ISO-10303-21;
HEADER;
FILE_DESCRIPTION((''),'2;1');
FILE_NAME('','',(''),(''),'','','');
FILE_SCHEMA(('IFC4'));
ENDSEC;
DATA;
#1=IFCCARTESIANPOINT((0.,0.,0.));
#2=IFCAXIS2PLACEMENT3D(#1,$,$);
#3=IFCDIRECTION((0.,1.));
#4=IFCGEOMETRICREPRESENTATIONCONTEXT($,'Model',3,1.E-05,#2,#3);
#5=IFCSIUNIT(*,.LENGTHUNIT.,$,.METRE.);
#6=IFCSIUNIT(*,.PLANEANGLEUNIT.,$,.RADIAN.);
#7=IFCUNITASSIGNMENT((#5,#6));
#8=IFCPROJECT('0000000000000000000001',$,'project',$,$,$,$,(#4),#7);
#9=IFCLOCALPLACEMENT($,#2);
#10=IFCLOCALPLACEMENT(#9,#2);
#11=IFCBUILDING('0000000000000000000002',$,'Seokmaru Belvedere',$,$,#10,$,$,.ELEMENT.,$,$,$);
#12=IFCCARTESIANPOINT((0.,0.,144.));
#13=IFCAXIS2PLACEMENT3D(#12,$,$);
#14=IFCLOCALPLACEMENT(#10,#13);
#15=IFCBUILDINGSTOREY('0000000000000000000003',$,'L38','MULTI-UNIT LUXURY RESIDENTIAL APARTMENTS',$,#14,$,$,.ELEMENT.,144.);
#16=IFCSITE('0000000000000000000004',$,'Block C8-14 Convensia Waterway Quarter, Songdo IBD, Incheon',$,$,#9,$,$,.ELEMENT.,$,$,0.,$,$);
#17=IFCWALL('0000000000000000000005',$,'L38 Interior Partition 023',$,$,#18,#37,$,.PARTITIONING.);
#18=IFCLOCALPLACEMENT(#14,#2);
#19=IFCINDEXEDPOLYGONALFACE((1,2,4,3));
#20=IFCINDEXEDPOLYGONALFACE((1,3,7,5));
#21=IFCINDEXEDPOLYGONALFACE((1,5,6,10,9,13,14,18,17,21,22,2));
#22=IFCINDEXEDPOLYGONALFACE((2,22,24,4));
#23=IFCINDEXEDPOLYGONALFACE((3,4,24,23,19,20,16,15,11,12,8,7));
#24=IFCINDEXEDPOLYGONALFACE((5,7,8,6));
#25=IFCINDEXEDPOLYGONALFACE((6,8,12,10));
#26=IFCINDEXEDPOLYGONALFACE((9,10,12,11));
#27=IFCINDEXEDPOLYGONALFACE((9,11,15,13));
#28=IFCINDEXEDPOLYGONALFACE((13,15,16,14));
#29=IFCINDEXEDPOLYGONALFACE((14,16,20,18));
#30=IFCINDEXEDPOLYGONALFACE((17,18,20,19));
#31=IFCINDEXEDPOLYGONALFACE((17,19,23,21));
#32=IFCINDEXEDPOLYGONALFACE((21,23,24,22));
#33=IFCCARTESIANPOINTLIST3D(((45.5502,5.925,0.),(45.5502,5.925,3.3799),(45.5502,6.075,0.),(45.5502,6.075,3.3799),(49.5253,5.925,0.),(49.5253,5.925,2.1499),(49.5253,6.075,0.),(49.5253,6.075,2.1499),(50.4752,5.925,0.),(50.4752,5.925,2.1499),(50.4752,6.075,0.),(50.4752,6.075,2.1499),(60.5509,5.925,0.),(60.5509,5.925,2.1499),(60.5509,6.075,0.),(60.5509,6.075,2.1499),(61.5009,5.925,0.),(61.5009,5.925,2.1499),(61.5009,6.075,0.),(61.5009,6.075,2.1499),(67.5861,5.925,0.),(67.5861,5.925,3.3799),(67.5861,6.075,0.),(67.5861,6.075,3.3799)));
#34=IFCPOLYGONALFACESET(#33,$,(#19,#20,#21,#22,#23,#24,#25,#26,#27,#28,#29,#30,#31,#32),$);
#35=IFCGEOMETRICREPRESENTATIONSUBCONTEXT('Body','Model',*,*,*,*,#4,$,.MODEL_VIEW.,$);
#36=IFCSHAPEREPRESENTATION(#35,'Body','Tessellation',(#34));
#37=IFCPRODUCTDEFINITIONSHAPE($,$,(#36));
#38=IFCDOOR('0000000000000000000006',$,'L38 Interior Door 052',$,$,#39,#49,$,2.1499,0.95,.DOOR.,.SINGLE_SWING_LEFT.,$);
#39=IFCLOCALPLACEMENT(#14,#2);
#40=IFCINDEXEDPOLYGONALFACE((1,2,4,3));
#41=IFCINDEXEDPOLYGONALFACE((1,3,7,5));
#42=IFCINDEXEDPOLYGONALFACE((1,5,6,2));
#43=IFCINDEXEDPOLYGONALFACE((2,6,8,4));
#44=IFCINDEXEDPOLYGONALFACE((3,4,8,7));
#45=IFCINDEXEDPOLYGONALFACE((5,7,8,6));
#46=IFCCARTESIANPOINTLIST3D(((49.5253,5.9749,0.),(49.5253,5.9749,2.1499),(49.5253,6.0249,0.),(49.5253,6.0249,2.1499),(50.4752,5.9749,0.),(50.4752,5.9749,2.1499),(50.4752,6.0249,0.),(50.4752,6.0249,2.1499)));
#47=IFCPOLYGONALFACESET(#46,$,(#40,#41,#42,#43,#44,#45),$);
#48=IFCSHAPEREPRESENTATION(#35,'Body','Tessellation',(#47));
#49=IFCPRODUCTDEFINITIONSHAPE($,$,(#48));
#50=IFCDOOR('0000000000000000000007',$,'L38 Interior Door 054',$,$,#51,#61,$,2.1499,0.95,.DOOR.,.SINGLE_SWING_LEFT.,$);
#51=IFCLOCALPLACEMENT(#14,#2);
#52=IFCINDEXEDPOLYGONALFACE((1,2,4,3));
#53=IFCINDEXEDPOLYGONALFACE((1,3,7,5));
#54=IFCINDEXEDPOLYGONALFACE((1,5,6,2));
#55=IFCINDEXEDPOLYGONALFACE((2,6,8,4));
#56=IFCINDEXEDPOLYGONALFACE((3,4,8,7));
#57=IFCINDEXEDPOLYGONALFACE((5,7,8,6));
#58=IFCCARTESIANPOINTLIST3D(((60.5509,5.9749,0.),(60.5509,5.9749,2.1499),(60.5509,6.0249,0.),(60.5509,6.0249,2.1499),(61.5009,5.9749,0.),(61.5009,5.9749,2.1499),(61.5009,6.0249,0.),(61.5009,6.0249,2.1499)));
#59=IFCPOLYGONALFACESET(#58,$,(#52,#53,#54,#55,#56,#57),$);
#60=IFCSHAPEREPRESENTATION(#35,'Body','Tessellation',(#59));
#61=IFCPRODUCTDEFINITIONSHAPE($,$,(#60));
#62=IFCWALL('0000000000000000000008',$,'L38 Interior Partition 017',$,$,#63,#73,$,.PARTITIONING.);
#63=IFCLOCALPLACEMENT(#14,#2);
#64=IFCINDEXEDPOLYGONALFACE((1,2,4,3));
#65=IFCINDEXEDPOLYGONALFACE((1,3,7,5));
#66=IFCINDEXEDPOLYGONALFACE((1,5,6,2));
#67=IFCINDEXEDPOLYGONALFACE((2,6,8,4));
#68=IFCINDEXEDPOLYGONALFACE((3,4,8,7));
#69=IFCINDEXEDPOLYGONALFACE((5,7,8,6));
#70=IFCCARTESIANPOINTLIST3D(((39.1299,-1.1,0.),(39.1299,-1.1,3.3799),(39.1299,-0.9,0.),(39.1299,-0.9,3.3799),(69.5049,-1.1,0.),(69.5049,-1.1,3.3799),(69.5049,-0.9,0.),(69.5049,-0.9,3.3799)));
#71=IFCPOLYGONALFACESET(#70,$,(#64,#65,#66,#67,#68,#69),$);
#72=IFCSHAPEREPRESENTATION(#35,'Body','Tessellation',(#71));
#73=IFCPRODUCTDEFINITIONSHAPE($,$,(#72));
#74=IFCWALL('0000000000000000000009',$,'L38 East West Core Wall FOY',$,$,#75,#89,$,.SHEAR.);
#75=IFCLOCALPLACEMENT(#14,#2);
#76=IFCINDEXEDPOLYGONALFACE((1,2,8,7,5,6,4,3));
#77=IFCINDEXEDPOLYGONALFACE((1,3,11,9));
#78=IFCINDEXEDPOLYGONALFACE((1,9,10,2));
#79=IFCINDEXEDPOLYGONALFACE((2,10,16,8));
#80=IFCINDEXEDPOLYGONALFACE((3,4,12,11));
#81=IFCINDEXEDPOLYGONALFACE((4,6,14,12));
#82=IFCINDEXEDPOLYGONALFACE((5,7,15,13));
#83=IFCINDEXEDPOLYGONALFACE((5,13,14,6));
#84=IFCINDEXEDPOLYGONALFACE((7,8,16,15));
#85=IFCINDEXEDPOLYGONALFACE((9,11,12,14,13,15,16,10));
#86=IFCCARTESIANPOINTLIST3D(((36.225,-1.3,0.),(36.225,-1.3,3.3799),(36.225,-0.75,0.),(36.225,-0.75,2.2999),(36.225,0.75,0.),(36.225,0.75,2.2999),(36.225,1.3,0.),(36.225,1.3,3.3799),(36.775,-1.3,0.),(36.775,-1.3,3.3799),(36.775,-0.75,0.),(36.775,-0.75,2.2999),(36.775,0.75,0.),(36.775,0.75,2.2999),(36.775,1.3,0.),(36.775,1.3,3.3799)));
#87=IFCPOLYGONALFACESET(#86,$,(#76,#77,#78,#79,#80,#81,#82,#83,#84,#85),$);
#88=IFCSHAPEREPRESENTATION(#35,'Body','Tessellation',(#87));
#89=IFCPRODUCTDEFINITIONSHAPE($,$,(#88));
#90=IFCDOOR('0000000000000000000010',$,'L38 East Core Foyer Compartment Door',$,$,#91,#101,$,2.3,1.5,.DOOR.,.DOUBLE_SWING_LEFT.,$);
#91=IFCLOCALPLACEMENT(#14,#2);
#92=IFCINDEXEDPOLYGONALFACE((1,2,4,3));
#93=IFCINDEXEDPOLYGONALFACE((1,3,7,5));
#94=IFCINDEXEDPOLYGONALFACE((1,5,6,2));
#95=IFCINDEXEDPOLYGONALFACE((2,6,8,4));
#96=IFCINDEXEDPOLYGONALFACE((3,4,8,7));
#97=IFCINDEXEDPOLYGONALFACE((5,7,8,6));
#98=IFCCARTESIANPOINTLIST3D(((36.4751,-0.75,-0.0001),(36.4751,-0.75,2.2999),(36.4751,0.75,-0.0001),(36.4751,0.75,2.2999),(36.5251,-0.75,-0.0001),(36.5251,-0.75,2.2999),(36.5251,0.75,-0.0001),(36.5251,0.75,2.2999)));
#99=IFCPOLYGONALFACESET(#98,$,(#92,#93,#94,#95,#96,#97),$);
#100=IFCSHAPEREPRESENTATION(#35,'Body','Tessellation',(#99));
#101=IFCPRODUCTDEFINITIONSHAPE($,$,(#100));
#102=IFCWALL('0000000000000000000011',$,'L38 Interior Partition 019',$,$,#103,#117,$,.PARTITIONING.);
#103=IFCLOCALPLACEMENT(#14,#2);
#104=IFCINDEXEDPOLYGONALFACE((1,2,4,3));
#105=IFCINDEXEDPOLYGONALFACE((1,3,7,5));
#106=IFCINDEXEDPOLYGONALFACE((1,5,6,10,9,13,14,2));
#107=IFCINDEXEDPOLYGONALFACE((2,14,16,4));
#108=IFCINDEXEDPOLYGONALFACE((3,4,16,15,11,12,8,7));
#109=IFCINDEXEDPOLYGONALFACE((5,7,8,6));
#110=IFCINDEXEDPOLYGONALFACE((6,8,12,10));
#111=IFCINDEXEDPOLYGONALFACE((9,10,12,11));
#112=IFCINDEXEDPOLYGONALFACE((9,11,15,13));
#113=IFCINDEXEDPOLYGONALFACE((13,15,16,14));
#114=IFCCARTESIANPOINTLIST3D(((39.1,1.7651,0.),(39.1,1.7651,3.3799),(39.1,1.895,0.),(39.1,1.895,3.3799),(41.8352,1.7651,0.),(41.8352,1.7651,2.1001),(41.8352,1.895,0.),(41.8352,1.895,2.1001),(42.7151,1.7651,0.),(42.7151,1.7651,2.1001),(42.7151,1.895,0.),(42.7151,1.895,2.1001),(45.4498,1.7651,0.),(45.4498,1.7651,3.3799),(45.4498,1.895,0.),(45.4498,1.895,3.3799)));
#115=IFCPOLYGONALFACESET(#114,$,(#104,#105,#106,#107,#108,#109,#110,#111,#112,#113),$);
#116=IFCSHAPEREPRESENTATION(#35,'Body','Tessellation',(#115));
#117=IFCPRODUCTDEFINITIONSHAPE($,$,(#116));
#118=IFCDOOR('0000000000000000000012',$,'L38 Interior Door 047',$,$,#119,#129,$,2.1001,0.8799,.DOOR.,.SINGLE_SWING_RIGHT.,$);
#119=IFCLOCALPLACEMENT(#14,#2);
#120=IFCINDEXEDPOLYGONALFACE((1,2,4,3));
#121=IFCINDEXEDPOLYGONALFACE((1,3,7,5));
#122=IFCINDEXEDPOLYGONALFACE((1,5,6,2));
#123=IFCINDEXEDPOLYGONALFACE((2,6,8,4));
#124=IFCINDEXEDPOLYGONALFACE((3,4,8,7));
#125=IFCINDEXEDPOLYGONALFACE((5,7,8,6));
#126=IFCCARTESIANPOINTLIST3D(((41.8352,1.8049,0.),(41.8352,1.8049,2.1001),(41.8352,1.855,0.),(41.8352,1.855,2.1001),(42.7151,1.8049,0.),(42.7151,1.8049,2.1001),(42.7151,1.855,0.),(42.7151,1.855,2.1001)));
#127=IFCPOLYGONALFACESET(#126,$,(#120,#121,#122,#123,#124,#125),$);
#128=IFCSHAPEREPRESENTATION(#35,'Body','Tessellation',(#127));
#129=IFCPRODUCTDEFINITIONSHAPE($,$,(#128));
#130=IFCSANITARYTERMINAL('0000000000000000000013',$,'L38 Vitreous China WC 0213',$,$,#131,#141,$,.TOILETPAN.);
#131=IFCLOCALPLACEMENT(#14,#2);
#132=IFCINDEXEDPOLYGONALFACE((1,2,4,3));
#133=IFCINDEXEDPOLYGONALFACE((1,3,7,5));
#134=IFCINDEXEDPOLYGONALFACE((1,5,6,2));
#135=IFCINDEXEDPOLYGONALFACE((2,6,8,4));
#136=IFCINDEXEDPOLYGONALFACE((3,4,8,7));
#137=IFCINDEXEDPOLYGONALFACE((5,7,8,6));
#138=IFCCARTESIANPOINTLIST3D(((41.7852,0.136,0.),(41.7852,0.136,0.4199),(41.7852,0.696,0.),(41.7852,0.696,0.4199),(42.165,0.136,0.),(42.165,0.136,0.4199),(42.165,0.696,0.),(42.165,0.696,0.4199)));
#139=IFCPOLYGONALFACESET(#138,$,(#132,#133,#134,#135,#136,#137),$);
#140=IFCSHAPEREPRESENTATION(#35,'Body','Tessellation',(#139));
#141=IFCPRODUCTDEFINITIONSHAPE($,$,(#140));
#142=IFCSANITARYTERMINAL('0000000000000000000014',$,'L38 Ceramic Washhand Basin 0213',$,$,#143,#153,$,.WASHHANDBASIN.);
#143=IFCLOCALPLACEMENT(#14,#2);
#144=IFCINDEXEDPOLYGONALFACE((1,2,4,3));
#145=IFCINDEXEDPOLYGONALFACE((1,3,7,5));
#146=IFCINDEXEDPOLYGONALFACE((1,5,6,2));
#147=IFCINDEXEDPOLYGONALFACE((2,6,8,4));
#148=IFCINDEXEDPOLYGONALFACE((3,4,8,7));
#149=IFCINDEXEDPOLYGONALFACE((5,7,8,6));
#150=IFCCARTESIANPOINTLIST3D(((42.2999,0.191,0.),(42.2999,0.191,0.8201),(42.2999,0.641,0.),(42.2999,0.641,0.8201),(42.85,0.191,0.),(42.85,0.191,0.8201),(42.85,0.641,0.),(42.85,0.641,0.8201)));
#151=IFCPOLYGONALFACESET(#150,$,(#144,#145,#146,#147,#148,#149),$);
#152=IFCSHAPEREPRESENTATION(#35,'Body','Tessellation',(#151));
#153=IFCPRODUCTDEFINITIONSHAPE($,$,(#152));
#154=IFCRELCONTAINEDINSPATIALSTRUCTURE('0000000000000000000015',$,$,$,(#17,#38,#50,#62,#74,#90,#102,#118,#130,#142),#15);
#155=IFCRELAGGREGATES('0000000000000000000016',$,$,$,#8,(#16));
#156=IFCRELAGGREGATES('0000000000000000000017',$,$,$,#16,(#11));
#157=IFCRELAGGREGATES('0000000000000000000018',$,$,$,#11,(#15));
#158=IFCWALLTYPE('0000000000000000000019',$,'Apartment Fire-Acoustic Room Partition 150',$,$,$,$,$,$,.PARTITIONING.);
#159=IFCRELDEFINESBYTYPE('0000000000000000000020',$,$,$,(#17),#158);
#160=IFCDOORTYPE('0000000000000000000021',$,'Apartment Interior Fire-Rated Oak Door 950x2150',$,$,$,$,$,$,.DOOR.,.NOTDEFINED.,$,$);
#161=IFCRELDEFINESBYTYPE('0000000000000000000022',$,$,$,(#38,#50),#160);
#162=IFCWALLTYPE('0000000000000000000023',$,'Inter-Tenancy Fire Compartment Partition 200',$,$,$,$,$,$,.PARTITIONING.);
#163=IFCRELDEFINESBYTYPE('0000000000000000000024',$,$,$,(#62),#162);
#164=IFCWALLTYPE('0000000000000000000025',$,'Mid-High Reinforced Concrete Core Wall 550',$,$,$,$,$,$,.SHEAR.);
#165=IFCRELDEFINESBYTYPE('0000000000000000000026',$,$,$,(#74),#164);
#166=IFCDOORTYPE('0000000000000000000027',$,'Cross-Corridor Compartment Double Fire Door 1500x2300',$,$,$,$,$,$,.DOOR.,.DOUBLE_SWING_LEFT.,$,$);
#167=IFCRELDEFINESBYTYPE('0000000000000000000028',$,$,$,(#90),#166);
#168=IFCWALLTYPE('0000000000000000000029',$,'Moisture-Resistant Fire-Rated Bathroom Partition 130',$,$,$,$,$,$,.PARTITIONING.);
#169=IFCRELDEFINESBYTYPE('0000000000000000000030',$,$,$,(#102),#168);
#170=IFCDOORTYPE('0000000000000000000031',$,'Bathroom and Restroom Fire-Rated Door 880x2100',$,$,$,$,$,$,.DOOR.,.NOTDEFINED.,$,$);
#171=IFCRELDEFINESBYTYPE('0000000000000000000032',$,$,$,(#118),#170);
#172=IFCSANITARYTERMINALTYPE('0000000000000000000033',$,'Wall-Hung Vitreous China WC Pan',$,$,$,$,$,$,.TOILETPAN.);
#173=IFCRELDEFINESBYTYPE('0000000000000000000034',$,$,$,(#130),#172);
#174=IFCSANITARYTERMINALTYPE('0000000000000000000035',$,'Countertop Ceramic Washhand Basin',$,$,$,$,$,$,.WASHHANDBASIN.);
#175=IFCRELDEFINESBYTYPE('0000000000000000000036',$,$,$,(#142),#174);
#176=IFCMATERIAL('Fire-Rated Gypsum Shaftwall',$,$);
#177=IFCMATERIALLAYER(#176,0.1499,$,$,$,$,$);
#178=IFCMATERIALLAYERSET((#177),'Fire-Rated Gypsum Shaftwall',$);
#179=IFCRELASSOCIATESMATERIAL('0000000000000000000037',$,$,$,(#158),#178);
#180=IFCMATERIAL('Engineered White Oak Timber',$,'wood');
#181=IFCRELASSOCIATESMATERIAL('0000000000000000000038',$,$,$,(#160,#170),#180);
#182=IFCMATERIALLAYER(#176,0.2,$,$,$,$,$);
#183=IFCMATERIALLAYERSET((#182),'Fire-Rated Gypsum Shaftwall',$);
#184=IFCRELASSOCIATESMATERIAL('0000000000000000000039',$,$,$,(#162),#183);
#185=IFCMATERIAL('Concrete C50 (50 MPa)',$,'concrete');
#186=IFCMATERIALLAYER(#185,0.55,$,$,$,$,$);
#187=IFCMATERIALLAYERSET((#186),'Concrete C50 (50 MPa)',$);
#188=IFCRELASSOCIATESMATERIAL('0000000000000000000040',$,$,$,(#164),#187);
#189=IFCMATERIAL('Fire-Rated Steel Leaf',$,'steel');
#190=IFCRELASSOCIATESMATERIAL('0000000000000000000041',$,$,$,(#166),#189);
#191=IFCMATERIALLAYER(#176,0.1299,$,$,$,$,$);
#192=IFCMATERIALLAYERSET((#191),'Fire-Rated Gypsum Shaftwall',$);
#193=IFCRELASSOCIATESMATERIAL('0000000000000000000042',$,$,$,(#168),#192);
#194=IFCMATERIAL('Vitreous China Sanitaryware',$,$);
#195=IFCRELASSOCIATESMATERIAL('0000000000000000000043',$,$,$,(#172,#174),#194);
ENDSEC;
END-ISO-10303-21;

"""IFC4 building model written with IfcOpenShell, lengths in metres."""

from ifc_helpers import new_model, si_unit, direction, frame, frame_2d, origin, origin_2d, place, context, subcontext, project, spatial, rectangle, extrude, source, transform, mapped, material, layer, layer_set, type_object, type_shapes, element, fill, save


model = new_model("IFC4")

# Units and contexts
model_context = context("Model", 3, precision=1e-05, world=origin(), true_north=direction((0.0, 1.0)))
body_context = subcontext(model_context, "Body", "Model", "MODEL_VIEW")
ifc_project = project(units=[si_unit("LENGTHUNIT", "METRE"), si_unit("PLANEANGLEUNIT", "RADIAN")], contexts=[model_context])

# Site, building, storey
site_placement = place(None, origin())
site = spatial("IfcSite", under=ifc_project, at=site_placement, Name="Block C8-14 Convensia Waterway Quarter, Songdo IBD, Incheon", CompositionType="ELEMENT", RefElevation=0.0)
building_placement = place(site_placement, origin())
building = spatial("IfcBuilding", under=site, at=building_placement, Name="Seokmaru Belvedere", CompositionType="ELEMENT")
storey_placement = place(building_placement, frame((0.0, 0.0, 144.0)))
storey = spatial("IfcBuildingStorey", under=building, at=storey_placement, Name="L38", Description="MULTI-UNIT LUXURY RESIDENTIAL APARTMENTS", CompositionType="ELEMENT", Elevation=144.0)

# Wall, openings, doors
ifc_material_1 = material(Name="Fire-Rated Gypsum Shaftwall")
ifc_layer_1 = layer(ifc_material_1, 0.1499)
ifc_layer_set_1 = layer_set([ifc_layer_1], Name="Fire-Rated Gypsum Shaftwall")
wall_type_1 = type_object("IfcWallType", Name="Apartment Fire-Acoustic Room Partition 150", PredefinedType="PARTITIONING", material=ifc_layer_set_1)
ifc_material_2 = material(Name="Engineered White Oak Timber", Category="wood")
door_type_1 = type_object("IfcDoorType", Name="Apartment Interior Fire-Rated Oak Door 950x2150", OperationType="NOTDEFINED", PredefinedType="DOOR", material=ifc_material_2)
shared_shape_1 = source(origin(), body_context, "Body", "SweptSolid", [
    extrude(rectangle(XDim=0.95, YDim=2.1499, at=frame_2d((0.4751, 1.075))), frame((0.0, 0.0249, 0.0), z_axis=(0.0, -1.0, 0.0), x_axis=(1.0, 0.0, 0.0)), (0.0, 0.0, 1.0), 0.05),
])
type_shapes(door_type_1, [shared_shape_1])
wall_1_placement = place(storey_placement, frame((45.55, 6.0, 0.0), z_axis=(0.0, 0.0, 1.0), x_axis=(1.0, 0.0, 0.0)))
wall_1 = element("IfcWall", 1, at=wall_1_placement, inside=storey, type_object=wall_type_1, Name="L38 Interior Partition 023", PredefinedType="PARTITIONING", context=body_context, shape_type="SweptSolid", body=[
    extrude(rectangle(XDim=22.0359, YDim=0.1499, at=frame_2d((11.0181, 0.0))), origin(), (0.0, 0.0, 1.0), 3.3799),
])
opening_1_placement = place(wall_1_placement, frame((3.9751, 0.0, 0.0)))
opening_1 = element("IfcOpeningElement", 2, at=opening_1_placement, cuts=wall_1, PredefinedType="OPENING", context=body_context, shape_type="SweptSolid", body=[
    extrude(rectangle(XDim=0.95, YDim=2.1499, at=frame_2d((0.4751, 1.075))), frame((0.0, 0.085, 0.0), z_axis=(0.0, -1.0, 0.0), x_axis=(1.0, 0.0, 0.0)), (0.0, 0.0, 1.0), 0.1699),
])
opening_2_placement = place(wall_1_placement, frame((15.0007, 0.0, 0.0)))
opening_2 = element("IfcOpeningElement", 3, at=opening_2_placement, cuts=wall_1, PredefinedType="OPENING", context=body_context, shape_type="SweptSolid", body=[
    extrude(rectangle(XDim=0.95, YDim=2.1499, at=frame_2d((0.4751, 1.075))), frame((0.0, 0.085, 0.0), z_axis=(0.0, -1.0, 0.0), x_axis=(1.0, 0.0, 0.0)), (0.0, 0.0, 1.0), 0.1699),
])
door_1_placement = place(opening_1_placement, origin())
door_1 = element("IfcDoor", 4, at=door_1_placement, inside=storey, type_object=door_type_1, Name="L38 Interior Door 052", OperationType="SINGLE_SWING_LEFT", OverallHeight=2.1499, OverallWidth=0.95, PredefinedType="DOOR", context=body_context, shape_type="MappedRepresentation", body=[
    mapped(shared_shape_1, transform((0.0, 0.0, 0.0), scale=1.0)),
])
fill(opening_1, door_1)
door_2_placement = place(opening_2_placement, origin())
door_2 = element("IfcDoor", 5, at=door_2_placement, inside=storey, type_object=door_type_1, Name="L38 Interior Door 054", OperationType="SINGLE_SWING_LEFT", OverallHeight=2.1499, OverallWidth=0.95, PredefinedType="DOOR", context=body_context, shape_type="MappedRepresentation", body=[
    mapped(shared_shape_1, transform((0.0, 0.0, 0.0), scale=1.0)),
])
fill(opening_2, door_2)

# Wall
ifc_layer_2 = layer(ifc_material_1, 0.2)
ifc_layer_set_2 = layer_set([ifc_layer_2], Name="Fire-Rated Gypsum Shaftwall")
wall_type_2 = type_object("IfcWallType", Name="Inter-Tenancy Fire Compartment Partition 200", PredefinedType="PARTITIONING", material=ifc_layer_set_2)
wall_2_placement = place(storey_placement, frame((39.1299, -1.0, 0.0), z_axis=(0.0, 0.0, 1.0), x_axis=(1.0, 0.0, 0.0)))
element("IfcWall", 6, at=wall_2_placement, inside=storey, type_object=wall_type_2, Name="L38 Interior Partition 017", PredefinedType="PARTITIONING", context=body_context, shape_type="SweptSolid", body=[
    extrude(rectangle(XDim=30.375, YDim=0.2, at=frame_2d((15.1875, 0.0))), origin(), (0.0, 0.0, 1.0), 3.3799),
])

# Walls, openings, doors
ifc_material_3 = material(Name="Concrete C50 (50 MPa)", Category="concrete")
ifc_layer_3 = layer(ifc_material_3, 0.55)
ifc_layer_set_3 = layer_set([ifc_layer_3], Name="Concrete C50 (50 MPa)")
wall_type_3 = type_object("IfcWallType", Name="Mid-High Reinforced Concrete Core Wall 550", PredefinedType="SHEAR", material=ifc_layer_set_3)
wall_3_placement = place(storey_placement, frame((36.5, -1.3, 0.0), z_axis=(0.0, 0.0, 1.0), x_axis=(0.0, 1.0, 0.0)))
wall_3 = element("IfcWall", 7, at=wall_3_placement, inside=storey, type_object=wall_type_3, Name="L38 East West Core Wall FOY", PredefinedType="SHEAR", context=body_context, shape_type="SweptSolid", body=[
    extrude(rectangle(XDim=2.6001, YDim=0.55, at=frame_2d((1.3, 0.0))), origin(), (0.0, 0.0, 1.0), 3.3799),
])
opening_3_placement = place(wall_3_placement, frame((0.55, 0.0, 0.0)))
opening_3 = element("IfcOpeningElement", 8, at=opening_3_placement, cuts=wall_3, PredefinedType="OPENING", context=body_context, shape_type="SweptSolid", body=[
    extrude(rectangle(XDim=1.5, YDim=2.3, at=frame_2d((0.75, 1.1499))), frame((0.0, 0.2852, 0.0), z_axis=(0.0, -1.0, 0.0), x_axis=(1.0, 0.0, 0.0)), (0.0, 0.0, 1.0), 0.5701),
])
ifc_material_4 = material(Name="Fire-Rated Steel Leaf", Category="steel")
door_type_2 = type_object("IfcDoorType", Name="Cross-Corridor Compartment Double Fire Door 1500x2300", OperationType="DOUBLE_SWING_LEFT", PredefinedType="DOOR", material=ifc_material_4)
shared_shape_2 = source(origin(), body_context, "Body", "SweptSolid", [
    extrude(rectangle(XDim=1.5, YDim=2.3, at=frame_2d((0.75, 1.1499))), frame((0.0, 0.0249, 0.0), z_axis=(0.0, -1.0, 0.0), x_axis=(1.0, 0.0, 0.0)), (0.0, 0.0, 1.0), 0.05),
])
type_shapes(door_type_2, [shared_shape_2])
door_3_placement = place(opening_3_placement, origin())
door_3 = element("IfcDoor", 9, at=door_3_placement, inside=storey, type_object=door_type_2, Name="L38 East Core Foyer Compartment Door", OperationType="DOUBLE_SWING_LEFT", OverallHeight=2.3, OverallWidth=1.5, PredefinedType="DOOR", context=body_context, shape_type="MappedRepresentation", body=[
    mapped(shared_shape_2, transform((0.0, 0.0, 0.0), scale=1.0)),
])
fill(opening_3, door_3)
ifc_layer_4 = layer(ifc_material_1, 0.1299)
ifc_layer_set_4 = layer_set([ifc_layer_4], Name="Fire-Rated Gypsum Shaftwall")
wall_type_4 = type_object("IfcWallType", Name="Moisture-Resistant Fire-Rated Bathroom Partition 130", PredefinedType="PARTITIONING", material=ifc_layer_set_4)
wall_4_placement = place(storey_placement, frame((39.1001, 1.8301, 0.0), z_axis=(0.0, 0.0, 1.0), x_axis=(1.0, 0.0, 0.0)))
wall_4 = element("IfcWall", 10, at=wall_4_placement, inside=storey, type_object=wall_type_4, Name="L38 Interior Partition 019", PredefinedType="PARTITIONING", context=body_context, shape_type="SweptSolid", body=[
    extrude(rectangle(XDim=6.3499, YDim=0.1299, at=frame_2d((3.1748, 0.0))), origin(), (0.0, 0.0, 1.0), 3.3799),
])
opening_4_placement = place(wall_4_placement, frame((2.7351, 0.0, 0.0)))
opening_4 = element("IfcOpeningElement", 11, at=opening_4_placement, cuts=wall_4, PredefinedType="OPENING", context=body_context, shape_type="SweptSolid", body=[
    extrude(rectangle(XDim=0.8799, YDim=2.1001, at=frame_2d((0.4399, 1.05))), frame((0.0, 0.075, 0.0), z_axis=(0.0, -1.0, 0.0), x_axis=(1.0, 0.0, 0.0)), (0.0, 0.0, 1.0), 0.1499),
])
door_type_3 = type_object("IfcDoorType", Name="Bathroom and Restroom Fire-Rated Door 880x2100", OperationType="NOTDEFINED", PredefinedType="DOOR", material=ifc_material_2)
shared_shape_3 = source(origin(), body_context, "Body", "SweptSolid", [
    extrude(rectangle(XDim=0.8799, YDim=2.1001, at=frame_2d((0.4399, 1.05))), frame((0.0, 0.0249, 0.0), z_axis=(0.0, -1.0, 0.0), x_axis=(1.0, 0.0, 0.0)), (0.0, 0.0, 1.0), 0.05),
])
type_shapes(door_type_3, [shared_shape_3])
door_4_placement = place(opening_4_placement, origin())
door_4 = element("IfcDoor", 12, at=door_4_placement, inside=storey, type_object=door_type_3, Name="L38 Interior Door 047", OperationType="SINGLE_SWING_RIGHT", OverallHeight=2.1001, OverallWidth=0.8799, PredefinedType="DOOR", context=body_context, shape_type="MappedRepresentation", body=[
    mapped(shared_shape_3, transform((0.0, 0.0, 0.0), scale=1.0)),
])
fill(opening_4, door_4)

# Sanitary terminals
ifc_material_5 = material(Name="Vitreous China Sanitaryware")
sanitary_terminal_type_1 = type_object("IfcSanitaryTerminalType", Name="Wall-Hung Vitreous China WC Pan", PredefinedType="TOILETPAN", material=ifc_material_5)
shared_shape_4 = source(origin(), body_context, "Body", "SweptSolid", [
    extrude(rectangle(XDim=0.3799, YDim=0.5601, at=origin_2d()), origin(), (0.0, 0.0, 1.0), 0.4199),
])
type_shapes(sanitary_terminal_type_1, [shared_shape_4])
sanitary_terminal_1_placement = place(storey_placement, frame((41.9751, 0.416, 0.0), z_axis=(0.0, 0.0, 1.0), x_axis=(1.0, 0.0, 0.0)))
element("IfcSanitaryTerminal", 13, at=sanitary_terminal_1_placement, inside=storey, type_object=sanitary_terminal_type_1, Name="L38 Vitreous China WC 0213", PredefinedType="TOILETPAN", context=body_context, shape_type="MappedRepresentation", body=[
    mapped(shared_shape_4, transform((0.0, 0.0, 0.0), scale=1.0)),
])
sanitary_terminal_type_2 = type_object("IfcSanitaryTerminalType", Name="Countertop Ceramic Washhand Basin", PredefinedType="WASHHANDBASIN", material=ifc_material_5)
shared_shape_5 = source(origin(), body_context, "Body", "SweptSolid", [
    extrude(rectangle(XDim=0.55, YDim=0.45, at=origin_2d()), origin(), (0.0, 0.0, 1.0), 0.8201),
])
type_shapes(sanitary_terminal_type_2, [shared_shape_5])
sanitary_terminal_2_placement = place(storey_placement, frame((42.575, 0.416, 0.0), z_axis=(0.0, 0.0, 1.0), x_axis=(1.0, 0.0, 0.0)))
element("IfcSanitaryTerminal", 14, at=sanitary_terminal_2_placement, inside=storey, type_object=sanitary_terminal_type_2, Name="L38 Ceramic Washhand Basin 0213", PredefinedType="WASHHANDBASIN", context=body_context, shape_type="MappedRepresentation", body=[
    mapped(shared_shape_5, transform((0.0, 0.0, 0.0), scale=1.0)),
])

save(model, "model.ifc")
